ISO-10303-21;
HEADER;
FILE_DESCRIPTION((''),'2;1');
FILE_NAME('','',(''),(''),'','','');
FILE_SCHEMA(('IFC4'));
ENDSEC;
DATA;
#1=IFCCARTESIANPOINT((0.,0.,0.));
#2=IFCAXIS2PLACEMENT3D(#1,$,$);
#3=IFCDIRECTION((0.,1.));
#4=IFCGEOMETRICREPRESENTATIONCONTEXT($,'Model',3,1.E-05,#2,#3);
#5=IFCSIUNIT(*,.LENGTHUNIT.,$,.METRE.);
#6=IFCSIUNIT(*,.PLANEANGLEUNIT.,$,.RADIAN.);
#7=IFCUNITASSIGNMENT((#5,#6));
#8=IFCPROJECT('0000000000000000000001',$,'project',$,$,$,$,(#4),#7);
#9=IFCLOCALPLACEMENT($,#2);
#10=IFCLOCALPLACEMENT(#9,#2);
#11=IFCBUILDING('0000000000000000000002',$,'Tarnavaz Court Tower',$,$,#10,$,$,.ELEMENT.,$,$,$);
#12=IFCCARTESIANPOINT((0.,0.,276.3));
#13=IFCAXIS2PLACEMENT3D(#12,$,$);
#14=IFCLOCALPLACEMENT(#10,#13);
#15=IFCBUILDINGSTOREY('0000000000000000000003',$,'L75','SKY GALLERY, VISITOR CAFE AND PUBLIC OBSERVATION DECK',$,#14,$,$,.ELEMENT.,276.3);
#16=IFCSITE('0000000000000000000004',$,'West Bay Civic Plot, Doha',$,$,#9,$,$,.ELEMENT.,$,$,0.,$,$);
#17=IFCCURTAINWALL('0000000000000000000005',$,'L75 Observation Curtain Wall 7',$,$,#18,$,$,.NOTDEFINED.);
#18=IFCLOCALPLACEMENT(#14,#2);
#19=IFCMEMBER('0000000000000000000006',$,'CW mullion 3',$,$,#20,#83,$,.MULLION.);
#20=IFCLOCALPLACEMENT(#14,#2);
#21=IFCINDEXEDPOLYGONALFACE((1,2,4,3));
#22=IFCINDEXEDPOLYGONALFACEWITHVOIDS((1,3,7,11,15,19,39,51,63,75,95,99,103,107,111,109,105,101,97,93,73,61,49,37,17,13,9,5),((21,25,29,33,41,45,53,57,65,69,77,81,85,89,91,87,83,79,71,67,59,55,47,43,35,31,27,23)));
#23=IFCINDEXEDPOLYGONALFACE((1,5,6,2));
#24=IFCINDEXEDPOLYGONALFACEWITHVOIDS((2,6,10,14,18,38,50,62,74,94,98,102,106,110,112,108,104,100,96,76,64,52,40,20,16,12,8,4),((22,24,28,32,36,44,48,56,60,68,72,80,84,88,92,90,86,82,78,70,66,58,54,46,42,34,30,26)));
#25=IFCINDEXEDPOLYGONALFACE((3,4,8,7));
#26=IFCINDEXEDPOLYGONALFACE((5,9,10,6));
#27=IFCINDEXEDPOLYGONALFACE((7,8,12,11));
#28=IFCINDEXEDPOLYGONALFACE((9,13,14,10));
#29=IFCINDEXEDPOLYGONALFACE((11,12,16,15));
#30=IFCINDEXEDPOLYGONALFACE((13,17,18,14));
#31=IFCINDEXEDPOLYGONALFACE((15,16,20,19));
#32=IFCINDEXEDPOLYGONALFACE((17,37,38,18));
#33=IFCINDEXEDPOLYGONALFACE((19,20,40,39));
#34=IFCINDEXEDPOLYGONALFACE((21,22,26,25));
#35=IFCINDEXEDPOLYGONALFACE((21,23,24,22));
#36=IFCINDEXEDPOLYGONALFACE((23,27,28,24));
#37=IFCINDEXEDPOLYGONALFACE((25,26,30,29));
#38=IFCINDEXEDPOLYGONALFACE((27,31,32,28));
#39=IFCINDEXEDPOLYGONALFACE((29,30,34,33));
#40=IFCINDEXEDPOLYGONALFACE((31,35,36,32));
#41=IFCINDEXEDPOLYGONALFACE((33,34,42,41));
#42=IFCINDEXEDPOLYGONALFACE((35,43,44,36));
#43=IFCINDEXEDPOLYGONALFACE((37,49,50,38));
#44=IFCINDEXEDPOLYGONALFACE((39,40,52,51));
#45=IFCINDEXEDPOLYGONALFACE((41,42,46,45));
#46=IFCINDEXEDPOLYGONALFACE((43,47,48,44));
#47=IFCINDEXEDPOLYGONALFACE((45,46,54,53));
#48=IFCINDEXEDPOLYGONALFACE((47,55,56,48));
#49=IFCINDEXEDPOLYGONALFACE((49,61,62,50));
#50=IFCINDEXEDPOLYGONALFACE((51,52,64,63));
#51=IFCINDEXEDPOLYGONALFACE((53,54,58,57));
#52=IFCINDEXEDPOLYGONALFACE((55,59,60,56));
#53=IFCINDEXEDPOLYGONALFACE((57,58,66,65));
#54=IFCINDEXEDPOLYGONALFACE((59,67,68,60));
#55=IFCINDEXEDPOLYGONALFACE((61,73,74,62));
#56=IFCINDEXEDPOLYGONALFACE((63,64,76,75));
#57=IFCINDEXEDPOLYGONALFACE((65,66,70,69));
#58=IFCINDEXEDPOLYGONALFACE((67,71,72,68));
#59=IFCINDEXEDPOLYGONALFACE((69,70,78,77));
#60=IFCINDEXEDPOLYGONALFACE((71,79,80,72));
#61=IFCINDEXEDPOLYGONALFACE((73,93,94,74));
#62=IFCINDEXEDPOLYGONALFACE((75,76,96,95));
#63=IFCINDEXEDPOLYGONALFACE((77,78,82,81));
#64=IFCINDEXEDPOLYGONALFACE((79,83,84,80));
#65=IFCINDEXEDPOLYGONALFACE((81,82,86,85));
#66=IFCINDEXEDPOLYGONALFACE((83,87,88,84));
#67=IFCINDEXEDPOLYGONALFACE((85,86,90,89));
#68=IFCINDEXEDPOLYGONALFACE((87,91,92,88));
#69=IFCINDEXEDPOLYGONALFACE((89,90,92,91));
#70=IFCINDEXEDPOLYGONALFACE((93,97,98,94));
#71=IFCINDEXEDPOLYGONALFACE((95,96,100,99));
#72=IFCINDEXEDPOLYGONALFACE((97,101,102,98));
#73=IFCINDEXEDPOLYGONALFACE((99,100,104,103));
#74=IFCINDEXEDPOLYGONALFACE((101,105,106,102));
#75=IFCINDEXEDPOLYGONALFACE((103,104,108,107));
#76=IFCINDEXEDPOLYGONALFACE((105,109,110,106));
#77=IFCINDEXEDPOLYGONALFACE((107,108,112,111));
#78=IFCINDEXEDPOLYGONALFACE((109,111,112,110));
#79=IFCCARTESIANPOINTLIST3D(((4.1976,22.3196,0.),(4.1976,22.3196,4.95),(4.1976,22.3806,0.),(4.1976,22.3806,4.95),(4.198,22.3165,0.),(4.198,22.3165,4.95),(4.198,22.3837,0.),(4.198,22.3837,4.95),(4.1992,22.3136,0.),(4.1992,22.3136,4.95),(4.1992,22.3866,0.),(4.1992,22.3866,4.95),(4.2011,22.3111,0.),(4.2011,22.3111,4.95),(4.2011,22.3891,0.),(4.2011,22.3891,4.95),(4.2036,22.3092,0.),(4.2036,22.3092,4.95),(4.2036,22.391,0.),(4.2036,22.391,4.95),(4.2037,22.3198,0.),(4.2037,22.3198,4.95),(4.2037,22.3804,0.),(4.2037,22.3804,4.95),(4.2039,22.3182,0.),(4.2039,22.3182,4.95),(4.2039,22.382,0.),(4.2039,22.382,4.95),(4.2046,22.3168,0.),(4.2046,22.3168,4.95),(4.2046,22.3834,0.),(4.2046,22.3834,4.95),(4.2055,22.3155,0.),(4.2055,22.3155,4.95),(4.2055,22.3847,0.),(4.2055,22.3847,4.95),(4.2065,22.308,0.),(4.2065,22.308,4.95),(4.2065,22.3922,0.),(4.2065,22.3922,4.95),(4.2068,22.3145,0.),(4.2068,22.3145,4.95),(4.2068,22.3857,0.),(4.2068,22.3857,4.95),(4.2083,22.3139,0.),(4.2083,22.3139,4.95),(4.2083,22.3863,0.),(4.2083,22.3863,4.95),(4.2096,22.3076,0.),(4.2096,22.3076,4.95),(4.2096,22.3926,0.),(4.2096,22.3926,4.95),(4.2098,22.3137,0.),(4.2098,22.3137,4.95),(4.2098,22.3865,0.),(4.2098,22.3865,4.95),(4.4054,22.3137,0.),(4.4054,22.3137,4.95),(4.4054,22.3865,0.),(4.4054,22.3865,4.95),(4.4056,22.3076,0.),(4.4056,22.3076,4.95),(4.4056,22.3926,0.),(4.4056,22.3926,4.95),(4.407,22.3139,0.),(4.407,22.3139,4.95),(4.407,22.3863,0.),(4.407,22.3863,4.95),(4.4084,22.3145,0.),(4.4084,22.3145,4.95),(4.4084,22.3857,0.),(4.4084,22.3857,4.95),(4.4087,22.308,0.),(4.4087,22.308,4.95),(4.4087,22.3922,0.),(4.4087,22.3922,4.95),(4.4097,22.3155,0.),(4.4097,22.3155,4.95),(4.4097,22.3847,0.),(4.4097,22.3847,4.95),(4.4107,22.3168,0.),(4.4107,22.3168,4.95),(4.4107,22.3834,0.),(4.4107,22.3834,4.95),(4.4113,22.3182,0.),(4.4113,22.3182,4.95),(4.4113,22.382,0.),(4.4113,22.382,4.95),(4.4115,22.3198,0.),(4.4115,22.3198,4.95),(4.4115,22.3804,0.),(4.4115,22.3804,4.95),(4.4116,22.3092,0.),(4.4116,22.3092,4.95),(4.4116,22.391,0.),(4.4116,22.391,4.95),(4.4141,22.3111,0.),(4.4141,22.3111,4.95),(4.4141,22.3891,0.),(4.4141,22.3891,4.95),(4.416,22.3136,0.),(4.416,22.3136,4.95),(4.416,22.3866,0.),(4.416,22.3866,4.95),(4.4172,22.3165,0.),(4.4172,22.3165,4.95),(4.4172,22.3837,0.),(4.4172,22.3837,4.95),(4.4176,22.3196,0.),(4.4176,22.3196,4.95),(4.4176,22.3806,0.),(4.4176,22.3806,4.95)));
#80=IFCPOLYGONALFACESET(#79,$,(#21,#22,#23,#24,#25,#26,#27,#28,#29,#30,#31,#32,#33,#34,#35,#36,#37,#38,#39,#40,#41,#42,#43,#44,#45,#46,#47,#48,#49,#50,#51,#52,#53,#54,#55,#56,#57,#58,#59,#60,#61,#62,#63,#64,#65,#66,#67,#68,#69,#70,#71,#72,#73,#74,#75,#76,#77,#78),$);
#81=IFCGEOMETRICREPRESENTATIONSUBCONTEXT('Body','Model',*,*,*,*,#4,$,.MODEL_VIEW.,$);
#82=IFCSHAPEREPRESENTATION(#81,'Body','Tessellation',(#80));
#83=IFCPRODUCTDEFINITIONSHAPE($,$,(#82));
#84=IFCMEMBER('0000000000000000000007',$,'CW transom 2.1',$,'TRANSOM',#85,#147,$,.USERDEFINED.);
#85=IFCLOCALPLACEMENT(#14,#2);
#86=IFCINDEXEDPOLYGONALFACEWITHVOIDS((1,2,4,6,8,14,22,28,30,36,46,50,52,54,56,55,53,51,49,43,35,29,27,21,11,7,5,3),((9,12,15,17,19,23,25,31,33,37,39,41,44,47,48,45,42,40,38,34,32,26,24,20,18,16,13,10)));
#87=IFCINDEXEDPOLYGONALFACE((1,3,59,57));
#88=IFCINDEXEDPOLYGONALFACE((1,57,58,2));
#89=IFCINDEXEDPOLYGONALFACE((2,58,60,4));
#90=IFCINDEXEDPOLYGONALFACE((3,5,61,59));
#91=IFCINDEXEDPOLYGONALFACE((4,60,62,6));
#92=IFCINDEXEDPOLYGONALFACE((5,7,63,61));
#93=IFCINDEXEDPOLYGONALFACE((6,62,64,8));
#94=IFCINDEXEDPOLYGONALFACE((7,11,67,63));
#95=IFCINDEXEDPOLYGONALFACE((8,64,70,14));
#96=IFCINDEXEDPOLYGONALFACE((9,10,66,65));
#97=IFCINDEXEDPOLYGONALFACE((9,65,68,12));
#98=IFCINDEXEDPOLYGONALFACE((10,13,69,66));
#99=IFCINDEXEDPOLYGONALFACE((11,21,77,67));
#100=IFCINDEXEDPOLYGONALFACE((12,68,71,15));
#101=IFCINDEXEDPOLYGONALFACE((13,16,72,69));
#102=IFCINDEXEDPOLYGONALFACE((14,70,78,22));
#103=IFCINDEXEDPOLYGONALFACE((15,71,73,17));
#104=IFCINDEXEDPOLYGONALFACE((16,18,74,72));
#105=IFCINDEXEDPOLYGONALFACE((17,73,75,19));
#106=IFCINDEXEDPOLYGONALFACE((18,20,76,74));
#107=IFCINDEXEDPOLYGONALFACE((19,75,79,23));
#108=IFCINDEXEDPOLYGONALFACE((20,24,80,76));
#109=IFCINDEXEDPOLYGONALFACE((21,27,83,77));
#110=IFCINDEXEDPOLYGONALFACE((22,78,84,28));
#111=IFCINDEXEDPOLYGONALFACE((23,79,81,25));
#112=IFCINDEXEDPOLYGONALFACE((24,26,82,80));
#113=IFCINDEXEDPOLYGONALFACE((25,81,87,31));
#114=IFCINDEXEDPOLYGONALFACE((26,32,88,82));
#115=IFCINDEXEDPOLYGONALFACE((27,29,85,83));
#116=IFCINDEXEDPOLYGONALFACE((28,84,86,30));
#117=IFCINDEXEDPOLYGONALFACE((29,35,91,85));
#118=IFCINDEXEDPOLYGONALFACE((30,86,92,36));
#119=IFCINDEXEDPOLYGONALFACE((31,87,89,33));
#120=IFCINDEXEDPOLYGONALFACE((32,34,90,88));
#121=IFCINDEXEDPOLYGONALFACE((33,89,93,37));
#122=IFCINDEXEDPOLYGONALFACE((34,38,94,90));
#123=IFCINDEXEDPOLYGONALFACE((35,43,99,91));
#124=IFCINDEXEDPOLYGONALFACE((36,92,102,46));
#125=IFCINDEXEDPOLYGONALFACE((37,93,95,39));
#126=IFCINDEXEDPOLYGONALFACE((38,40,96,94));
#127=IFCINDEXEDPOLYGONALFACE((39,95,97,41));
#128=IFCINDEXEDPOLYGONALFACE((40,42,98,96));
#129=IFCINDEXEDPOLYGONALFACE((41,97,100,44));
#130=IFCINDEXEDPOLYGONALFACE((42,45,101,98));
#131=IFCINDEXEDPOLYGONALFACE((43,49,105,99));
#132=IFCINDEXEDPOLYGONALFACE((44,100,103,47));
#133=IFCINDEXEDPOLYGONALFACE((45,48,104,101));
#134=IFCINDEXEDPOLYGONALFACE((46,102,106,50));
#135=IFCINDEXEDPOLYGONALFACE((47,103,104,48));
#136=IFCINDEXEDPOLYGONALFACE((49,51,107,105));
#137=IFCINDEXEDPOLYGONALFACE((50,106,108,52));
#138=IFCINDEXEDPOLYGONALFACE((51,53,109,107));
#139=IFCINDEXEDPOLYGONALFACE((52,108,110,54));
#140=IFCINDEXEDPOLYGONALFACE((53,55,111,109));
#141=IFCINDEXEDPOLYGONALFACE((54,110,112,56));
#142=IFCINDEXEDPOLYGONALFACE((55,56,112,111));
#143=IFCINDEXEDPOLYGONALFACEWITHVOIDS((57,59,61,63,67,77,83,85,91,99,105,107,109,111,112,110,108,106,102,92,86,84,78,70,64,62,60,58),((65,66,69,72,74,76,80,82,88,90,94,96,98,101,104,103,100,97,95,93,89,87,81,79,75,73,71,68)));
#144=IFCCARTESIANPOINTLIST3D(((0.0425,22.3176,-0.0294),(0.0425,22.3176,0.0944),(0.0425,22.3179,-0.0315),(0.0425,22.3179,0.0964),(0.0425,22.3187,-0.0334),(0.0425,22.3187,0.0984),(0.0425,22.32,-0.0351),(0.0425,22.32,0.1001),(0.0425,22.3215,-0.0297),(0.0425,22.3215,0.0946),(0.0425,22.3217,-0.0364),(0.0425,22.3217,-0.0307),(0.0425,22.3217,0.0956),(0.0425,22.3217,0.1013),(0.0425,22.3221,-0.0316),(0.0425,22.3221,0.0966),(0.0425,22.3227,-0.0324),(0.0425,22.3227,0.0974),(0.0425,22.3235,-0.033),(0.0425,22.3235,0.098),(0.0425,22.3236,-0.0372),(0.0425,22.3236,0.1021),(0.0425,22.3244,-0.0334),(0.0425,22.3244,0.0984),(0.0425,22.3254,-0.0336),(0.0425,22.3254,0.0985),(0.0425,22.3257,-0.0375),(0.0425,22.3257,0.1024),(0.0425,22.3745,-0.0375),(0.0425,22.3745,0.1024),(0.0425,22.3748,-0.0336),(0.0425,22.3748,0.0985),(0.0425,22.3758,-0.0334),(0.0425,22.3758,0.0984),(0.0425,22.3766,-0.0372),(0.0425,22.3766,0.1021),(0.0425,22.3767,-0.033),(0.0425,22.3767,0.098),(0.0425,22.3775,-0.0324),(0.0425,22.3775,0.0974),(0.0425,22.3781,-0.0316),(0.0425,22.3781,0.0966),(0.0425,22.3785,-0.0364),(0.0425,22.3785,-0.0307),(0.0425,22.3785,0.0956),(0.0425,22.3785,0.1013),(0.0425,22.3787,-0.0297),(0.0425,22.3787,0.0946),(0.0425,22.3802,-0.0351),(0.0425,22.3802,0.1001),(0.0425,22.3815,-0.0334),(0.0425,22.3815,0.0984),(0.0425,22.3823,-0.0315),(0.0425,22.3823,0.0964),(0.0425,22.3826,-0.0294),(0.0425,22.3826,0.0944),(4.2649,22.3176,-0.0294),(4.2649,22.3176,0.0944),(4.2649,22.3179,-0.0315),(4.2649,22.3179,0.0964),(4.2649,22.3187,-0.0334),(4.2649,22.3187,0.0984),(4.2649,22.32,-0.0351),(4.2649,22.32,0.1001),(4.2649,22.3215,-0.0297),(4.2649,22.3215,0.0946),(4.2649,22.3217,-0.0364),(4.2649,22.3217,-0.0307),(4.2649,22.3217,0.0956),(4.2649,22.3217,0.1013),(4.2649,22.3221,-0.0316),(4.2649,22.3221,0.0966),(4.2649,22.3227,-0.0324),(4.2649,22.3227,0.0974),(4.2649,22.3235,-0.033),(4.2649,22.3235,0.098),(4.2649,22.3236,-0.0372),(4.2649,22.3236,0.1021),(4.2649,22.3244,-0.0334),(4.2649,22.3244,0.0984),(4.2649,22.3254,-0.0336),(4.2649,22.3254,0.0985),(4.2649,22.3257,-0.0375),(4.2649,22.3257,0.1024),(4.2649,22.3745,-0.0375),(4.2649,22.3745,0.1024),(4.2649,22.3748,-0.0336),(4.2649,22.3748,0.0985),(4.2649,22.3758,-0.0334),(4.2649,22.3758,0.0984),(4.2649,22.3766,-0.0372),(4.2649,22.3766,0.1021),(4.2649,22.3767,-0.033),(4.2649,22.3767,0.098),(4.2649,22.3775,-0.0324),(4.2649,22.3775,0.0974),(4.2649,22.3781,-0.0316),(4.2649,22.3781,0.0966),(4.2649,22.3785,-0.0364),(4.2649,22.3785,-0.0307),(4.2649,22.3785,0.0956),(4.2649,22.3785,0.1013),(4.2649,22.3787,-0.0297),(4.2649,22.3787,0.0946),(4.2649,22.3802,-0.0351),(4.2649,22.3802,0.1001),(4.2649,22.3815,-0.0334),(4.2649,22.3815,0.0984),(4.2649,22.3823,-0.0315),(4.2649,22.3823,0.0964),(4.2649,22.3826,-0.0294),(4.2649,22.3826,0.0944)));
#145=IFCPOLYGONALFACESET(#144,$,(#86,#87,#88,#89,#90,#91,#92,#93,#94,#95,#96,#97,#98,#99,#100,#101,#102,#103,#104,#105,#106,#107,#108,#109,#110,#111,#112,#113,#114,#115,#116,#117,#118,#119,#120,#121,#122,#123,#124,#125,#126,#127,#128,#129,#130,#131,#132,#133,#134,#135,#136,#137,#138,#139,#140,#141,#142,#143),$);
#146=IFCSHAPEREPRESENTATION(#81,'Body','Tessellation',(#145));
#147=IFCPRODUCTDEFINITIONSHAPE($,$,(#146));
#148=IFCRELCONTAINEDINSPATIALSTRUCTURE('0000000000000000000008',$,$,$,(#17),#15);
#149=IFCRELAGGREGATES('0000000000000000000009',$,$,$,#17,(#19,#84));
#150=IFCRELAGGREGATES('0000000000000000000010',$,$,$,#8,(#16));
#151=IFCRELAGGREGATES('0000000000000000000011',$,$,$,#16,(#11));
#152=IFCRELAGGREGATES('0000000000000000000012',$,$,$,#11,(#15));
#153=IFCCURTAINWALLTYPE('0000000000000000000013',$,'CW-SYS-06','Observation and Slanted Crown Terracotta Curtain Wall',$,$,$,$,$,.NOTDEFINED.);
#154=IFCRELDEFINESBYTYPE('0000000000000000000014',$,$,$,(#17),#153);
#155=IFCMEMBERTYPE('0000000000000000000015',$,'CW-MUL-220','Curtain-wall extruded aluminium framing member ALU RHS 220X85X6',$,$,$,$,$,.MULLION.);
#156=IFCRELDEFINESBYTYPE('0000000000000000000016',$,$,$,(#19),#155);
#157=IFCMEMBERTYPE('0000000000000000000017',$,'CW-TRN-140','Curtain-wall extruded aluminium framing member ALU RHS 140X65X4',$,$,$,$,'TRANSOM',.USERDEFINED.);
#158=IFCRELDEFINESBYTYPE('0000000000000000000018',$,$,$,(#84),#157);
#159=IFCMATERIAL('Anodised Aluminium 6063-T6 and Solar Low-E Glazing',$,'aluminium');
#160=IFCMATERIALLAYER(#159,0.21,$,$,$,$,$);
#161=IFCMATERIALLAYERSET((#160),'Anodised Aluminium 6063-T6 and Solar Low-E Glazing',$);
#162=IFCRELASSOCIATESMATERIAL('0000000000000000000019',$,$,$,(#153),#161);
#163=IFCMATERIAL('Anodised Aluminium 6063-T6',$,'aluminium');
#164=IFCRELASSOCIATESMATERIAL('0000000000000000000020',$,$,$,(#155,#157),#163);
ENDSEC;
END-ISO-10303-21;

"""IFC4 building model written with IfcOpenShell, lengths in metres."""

from ifc_helpers import new_model, si_unit, direction, frame, origin, origin_2d, place, context, subcontext, project, spatial, hollow_rectangle, extrude, material, layer, layer_set, material_profile, profile_set, type_object, element, aggregate, save


model = new_model("IFC4")

# Units and contexts
model_context = context("Model", 3, precision=1e-05, world=origin(), true_north=direction((0.0, 1.0)))
body_context = subcontext(model_context, "Body", "Model", "MODEL_VIEW")
ifc_project = project(units=[si_unit("LENGTHUNIT", "METRE"), si_unit("PLANEANGLEUNIT", "RADIAN")], contexts=[model_context])

# Site, building, storey
site_placement = place(None, origin())
site = spatial("IfcSite", under=ifc_project, at=site_placement, Name="West Bay Civic Plot, Doha", CompositionType="ELEMENT", RefElevation=0.0)
building_placement = place(site_placement, origin())
building = spatial("IfcBuilding", under=site, at=building_placement, Name="Tarnavaz Court Tower", CompositionType="ELEMENT")
storey_placement = place(building_placement, frame((0.0, 0.0, 276.3)))
storey = spatial("IfcBuildingStorey", under=building, at=storey_placement, Name="L75", Description="SKY GALLERY, VISITOR CAFE AND PUBLIC OBSERVATION DECK", CompositionType="ELEMENT", Elevation=276.3)

# Curtain wall, members
ifc_material_1 = material(Name="Anodised Aluminium 6063-T6 and Solar Low-E Glazing", Category="aluminium")
ifc_layer_1 = layer(ifc_material_1, 0.21)
ifc_layer_set_1 = layer_set([ifc_layer_1], Name="Anodised Aluminium 6063-T6 and Solar Low-E Glazing")
curtain_wall_type = type_object("IfcCurtainWallType", Name="CW-SYS-06", Description="Observation and Slanted Crown Terracotta Curtain Wall", PredefinedType="NOTDEFINED", material=ifc_layer_set_1)
curtain_wall_placement = place(storey_placement, origin())
curtain_wall = element("IfcCurtainWall", 1, at=curtain_wall_placement, inside=storey, type_object=curtain_wall_type, Name="L75 Observation Curtain Wall 7", PredefinedType="NOTDEFINED")
ifc_material_2 = material(Name="Anodised Aluminium 6063-T6", Category="aluminium")
ifc_material_profile_1 = material_profile(ifc_material_2, hollow_rectangle(XDim=0.085, YDim=0.22, WallThickness=0.0061, InnerFilletRadius=0.0061, OuterFilletRadius=0.012, at=origin_2d()), Name="ALU RHS 220X85X6")
ifc_profile_set_1 = profile_set([ifc_material_profile_1], Name="Anodised Aluminium 6063-T6")
member_type_1 = type_object("IfcMemberType", Name="CW-MUL-220", Description="Curtain-wall extruded aluminium framing member ALU RHS 220X85X6", PredefinedType="MULLION", material=ifc_profile_set_1)
member_1_placement = place(storey_placement, frame((4.3076, 22.3501, 0.0), z_axis=(0.0, 0.0, 1.0), x_axis=(0.0, 1.0, 0.0)))
member_1 = element("IfcMember", 2, at=member_1_placement, type_object=member_type_1, Name="CW mullion 3", PredefinedType="MULLION", context=body_context, shape_type="SweptSolid", body=[
    extrude(hollow_rectangle(XDim=0.085, YDim=0.22, WallThickness=0.0061, InnerFilletRadius=0.0061, OuterFilletRadius=0.012, at=origin_2d()), origin(), (0.0, 0.0, 1.0), 4.95),
])
ifc_material_profile_2 = material_profile(ifc_material_2, hollow_rectangle(XDim=0.0649, YDim=0.1399, WallThickness=0.0039, InnerFilletRadius=0.0039, OuterFilletRadius=0.0081, at=origin_2d()), Name="ALU RHS 140X65X4")
ifc_profile_set_2 = profile_set([ifc_material_profile_2], Name="Anodised Aluminium 6063-T6")
member_type_2 = type_object("IfcMemberType", Name="CW-TRN-140", Description="Curtain-wall extruded aluminium framing member ALU RHS 140X65X4", ElementType="TRANSOM", PredefinedType="USERDEFINED", material=ifc_profile_set_2)
member_2_placement = place(storey_placement, frame((0.0425, 22.3501, 0.0325), z_axis=(1.0, 0.0, 0.0), x_axis=(0.0, 1.0, 0.0)))
member_2 = element("IfcMember", 3, at=member_2_placement, type_object=member_type_2, Name="CW transom 2.1", ObjectType="TRANSOM", PredefinedType="USERDEFINED", context=body_context, shape_type="SweptSolid", body=[
    extrude(hollow_rectangle(XDim=0.0649, YDim=0.1399, WallThickness=0.0039, InnerFilletRadius=0.0039, OuterFilletRadius=0.0081, at=origin_2d()), origin(), (0.0, 0.0, 1.0), 4.2224),
])
aggregate(curtain_wall, [member_1, member_2])

save(model, "model.ifc")
